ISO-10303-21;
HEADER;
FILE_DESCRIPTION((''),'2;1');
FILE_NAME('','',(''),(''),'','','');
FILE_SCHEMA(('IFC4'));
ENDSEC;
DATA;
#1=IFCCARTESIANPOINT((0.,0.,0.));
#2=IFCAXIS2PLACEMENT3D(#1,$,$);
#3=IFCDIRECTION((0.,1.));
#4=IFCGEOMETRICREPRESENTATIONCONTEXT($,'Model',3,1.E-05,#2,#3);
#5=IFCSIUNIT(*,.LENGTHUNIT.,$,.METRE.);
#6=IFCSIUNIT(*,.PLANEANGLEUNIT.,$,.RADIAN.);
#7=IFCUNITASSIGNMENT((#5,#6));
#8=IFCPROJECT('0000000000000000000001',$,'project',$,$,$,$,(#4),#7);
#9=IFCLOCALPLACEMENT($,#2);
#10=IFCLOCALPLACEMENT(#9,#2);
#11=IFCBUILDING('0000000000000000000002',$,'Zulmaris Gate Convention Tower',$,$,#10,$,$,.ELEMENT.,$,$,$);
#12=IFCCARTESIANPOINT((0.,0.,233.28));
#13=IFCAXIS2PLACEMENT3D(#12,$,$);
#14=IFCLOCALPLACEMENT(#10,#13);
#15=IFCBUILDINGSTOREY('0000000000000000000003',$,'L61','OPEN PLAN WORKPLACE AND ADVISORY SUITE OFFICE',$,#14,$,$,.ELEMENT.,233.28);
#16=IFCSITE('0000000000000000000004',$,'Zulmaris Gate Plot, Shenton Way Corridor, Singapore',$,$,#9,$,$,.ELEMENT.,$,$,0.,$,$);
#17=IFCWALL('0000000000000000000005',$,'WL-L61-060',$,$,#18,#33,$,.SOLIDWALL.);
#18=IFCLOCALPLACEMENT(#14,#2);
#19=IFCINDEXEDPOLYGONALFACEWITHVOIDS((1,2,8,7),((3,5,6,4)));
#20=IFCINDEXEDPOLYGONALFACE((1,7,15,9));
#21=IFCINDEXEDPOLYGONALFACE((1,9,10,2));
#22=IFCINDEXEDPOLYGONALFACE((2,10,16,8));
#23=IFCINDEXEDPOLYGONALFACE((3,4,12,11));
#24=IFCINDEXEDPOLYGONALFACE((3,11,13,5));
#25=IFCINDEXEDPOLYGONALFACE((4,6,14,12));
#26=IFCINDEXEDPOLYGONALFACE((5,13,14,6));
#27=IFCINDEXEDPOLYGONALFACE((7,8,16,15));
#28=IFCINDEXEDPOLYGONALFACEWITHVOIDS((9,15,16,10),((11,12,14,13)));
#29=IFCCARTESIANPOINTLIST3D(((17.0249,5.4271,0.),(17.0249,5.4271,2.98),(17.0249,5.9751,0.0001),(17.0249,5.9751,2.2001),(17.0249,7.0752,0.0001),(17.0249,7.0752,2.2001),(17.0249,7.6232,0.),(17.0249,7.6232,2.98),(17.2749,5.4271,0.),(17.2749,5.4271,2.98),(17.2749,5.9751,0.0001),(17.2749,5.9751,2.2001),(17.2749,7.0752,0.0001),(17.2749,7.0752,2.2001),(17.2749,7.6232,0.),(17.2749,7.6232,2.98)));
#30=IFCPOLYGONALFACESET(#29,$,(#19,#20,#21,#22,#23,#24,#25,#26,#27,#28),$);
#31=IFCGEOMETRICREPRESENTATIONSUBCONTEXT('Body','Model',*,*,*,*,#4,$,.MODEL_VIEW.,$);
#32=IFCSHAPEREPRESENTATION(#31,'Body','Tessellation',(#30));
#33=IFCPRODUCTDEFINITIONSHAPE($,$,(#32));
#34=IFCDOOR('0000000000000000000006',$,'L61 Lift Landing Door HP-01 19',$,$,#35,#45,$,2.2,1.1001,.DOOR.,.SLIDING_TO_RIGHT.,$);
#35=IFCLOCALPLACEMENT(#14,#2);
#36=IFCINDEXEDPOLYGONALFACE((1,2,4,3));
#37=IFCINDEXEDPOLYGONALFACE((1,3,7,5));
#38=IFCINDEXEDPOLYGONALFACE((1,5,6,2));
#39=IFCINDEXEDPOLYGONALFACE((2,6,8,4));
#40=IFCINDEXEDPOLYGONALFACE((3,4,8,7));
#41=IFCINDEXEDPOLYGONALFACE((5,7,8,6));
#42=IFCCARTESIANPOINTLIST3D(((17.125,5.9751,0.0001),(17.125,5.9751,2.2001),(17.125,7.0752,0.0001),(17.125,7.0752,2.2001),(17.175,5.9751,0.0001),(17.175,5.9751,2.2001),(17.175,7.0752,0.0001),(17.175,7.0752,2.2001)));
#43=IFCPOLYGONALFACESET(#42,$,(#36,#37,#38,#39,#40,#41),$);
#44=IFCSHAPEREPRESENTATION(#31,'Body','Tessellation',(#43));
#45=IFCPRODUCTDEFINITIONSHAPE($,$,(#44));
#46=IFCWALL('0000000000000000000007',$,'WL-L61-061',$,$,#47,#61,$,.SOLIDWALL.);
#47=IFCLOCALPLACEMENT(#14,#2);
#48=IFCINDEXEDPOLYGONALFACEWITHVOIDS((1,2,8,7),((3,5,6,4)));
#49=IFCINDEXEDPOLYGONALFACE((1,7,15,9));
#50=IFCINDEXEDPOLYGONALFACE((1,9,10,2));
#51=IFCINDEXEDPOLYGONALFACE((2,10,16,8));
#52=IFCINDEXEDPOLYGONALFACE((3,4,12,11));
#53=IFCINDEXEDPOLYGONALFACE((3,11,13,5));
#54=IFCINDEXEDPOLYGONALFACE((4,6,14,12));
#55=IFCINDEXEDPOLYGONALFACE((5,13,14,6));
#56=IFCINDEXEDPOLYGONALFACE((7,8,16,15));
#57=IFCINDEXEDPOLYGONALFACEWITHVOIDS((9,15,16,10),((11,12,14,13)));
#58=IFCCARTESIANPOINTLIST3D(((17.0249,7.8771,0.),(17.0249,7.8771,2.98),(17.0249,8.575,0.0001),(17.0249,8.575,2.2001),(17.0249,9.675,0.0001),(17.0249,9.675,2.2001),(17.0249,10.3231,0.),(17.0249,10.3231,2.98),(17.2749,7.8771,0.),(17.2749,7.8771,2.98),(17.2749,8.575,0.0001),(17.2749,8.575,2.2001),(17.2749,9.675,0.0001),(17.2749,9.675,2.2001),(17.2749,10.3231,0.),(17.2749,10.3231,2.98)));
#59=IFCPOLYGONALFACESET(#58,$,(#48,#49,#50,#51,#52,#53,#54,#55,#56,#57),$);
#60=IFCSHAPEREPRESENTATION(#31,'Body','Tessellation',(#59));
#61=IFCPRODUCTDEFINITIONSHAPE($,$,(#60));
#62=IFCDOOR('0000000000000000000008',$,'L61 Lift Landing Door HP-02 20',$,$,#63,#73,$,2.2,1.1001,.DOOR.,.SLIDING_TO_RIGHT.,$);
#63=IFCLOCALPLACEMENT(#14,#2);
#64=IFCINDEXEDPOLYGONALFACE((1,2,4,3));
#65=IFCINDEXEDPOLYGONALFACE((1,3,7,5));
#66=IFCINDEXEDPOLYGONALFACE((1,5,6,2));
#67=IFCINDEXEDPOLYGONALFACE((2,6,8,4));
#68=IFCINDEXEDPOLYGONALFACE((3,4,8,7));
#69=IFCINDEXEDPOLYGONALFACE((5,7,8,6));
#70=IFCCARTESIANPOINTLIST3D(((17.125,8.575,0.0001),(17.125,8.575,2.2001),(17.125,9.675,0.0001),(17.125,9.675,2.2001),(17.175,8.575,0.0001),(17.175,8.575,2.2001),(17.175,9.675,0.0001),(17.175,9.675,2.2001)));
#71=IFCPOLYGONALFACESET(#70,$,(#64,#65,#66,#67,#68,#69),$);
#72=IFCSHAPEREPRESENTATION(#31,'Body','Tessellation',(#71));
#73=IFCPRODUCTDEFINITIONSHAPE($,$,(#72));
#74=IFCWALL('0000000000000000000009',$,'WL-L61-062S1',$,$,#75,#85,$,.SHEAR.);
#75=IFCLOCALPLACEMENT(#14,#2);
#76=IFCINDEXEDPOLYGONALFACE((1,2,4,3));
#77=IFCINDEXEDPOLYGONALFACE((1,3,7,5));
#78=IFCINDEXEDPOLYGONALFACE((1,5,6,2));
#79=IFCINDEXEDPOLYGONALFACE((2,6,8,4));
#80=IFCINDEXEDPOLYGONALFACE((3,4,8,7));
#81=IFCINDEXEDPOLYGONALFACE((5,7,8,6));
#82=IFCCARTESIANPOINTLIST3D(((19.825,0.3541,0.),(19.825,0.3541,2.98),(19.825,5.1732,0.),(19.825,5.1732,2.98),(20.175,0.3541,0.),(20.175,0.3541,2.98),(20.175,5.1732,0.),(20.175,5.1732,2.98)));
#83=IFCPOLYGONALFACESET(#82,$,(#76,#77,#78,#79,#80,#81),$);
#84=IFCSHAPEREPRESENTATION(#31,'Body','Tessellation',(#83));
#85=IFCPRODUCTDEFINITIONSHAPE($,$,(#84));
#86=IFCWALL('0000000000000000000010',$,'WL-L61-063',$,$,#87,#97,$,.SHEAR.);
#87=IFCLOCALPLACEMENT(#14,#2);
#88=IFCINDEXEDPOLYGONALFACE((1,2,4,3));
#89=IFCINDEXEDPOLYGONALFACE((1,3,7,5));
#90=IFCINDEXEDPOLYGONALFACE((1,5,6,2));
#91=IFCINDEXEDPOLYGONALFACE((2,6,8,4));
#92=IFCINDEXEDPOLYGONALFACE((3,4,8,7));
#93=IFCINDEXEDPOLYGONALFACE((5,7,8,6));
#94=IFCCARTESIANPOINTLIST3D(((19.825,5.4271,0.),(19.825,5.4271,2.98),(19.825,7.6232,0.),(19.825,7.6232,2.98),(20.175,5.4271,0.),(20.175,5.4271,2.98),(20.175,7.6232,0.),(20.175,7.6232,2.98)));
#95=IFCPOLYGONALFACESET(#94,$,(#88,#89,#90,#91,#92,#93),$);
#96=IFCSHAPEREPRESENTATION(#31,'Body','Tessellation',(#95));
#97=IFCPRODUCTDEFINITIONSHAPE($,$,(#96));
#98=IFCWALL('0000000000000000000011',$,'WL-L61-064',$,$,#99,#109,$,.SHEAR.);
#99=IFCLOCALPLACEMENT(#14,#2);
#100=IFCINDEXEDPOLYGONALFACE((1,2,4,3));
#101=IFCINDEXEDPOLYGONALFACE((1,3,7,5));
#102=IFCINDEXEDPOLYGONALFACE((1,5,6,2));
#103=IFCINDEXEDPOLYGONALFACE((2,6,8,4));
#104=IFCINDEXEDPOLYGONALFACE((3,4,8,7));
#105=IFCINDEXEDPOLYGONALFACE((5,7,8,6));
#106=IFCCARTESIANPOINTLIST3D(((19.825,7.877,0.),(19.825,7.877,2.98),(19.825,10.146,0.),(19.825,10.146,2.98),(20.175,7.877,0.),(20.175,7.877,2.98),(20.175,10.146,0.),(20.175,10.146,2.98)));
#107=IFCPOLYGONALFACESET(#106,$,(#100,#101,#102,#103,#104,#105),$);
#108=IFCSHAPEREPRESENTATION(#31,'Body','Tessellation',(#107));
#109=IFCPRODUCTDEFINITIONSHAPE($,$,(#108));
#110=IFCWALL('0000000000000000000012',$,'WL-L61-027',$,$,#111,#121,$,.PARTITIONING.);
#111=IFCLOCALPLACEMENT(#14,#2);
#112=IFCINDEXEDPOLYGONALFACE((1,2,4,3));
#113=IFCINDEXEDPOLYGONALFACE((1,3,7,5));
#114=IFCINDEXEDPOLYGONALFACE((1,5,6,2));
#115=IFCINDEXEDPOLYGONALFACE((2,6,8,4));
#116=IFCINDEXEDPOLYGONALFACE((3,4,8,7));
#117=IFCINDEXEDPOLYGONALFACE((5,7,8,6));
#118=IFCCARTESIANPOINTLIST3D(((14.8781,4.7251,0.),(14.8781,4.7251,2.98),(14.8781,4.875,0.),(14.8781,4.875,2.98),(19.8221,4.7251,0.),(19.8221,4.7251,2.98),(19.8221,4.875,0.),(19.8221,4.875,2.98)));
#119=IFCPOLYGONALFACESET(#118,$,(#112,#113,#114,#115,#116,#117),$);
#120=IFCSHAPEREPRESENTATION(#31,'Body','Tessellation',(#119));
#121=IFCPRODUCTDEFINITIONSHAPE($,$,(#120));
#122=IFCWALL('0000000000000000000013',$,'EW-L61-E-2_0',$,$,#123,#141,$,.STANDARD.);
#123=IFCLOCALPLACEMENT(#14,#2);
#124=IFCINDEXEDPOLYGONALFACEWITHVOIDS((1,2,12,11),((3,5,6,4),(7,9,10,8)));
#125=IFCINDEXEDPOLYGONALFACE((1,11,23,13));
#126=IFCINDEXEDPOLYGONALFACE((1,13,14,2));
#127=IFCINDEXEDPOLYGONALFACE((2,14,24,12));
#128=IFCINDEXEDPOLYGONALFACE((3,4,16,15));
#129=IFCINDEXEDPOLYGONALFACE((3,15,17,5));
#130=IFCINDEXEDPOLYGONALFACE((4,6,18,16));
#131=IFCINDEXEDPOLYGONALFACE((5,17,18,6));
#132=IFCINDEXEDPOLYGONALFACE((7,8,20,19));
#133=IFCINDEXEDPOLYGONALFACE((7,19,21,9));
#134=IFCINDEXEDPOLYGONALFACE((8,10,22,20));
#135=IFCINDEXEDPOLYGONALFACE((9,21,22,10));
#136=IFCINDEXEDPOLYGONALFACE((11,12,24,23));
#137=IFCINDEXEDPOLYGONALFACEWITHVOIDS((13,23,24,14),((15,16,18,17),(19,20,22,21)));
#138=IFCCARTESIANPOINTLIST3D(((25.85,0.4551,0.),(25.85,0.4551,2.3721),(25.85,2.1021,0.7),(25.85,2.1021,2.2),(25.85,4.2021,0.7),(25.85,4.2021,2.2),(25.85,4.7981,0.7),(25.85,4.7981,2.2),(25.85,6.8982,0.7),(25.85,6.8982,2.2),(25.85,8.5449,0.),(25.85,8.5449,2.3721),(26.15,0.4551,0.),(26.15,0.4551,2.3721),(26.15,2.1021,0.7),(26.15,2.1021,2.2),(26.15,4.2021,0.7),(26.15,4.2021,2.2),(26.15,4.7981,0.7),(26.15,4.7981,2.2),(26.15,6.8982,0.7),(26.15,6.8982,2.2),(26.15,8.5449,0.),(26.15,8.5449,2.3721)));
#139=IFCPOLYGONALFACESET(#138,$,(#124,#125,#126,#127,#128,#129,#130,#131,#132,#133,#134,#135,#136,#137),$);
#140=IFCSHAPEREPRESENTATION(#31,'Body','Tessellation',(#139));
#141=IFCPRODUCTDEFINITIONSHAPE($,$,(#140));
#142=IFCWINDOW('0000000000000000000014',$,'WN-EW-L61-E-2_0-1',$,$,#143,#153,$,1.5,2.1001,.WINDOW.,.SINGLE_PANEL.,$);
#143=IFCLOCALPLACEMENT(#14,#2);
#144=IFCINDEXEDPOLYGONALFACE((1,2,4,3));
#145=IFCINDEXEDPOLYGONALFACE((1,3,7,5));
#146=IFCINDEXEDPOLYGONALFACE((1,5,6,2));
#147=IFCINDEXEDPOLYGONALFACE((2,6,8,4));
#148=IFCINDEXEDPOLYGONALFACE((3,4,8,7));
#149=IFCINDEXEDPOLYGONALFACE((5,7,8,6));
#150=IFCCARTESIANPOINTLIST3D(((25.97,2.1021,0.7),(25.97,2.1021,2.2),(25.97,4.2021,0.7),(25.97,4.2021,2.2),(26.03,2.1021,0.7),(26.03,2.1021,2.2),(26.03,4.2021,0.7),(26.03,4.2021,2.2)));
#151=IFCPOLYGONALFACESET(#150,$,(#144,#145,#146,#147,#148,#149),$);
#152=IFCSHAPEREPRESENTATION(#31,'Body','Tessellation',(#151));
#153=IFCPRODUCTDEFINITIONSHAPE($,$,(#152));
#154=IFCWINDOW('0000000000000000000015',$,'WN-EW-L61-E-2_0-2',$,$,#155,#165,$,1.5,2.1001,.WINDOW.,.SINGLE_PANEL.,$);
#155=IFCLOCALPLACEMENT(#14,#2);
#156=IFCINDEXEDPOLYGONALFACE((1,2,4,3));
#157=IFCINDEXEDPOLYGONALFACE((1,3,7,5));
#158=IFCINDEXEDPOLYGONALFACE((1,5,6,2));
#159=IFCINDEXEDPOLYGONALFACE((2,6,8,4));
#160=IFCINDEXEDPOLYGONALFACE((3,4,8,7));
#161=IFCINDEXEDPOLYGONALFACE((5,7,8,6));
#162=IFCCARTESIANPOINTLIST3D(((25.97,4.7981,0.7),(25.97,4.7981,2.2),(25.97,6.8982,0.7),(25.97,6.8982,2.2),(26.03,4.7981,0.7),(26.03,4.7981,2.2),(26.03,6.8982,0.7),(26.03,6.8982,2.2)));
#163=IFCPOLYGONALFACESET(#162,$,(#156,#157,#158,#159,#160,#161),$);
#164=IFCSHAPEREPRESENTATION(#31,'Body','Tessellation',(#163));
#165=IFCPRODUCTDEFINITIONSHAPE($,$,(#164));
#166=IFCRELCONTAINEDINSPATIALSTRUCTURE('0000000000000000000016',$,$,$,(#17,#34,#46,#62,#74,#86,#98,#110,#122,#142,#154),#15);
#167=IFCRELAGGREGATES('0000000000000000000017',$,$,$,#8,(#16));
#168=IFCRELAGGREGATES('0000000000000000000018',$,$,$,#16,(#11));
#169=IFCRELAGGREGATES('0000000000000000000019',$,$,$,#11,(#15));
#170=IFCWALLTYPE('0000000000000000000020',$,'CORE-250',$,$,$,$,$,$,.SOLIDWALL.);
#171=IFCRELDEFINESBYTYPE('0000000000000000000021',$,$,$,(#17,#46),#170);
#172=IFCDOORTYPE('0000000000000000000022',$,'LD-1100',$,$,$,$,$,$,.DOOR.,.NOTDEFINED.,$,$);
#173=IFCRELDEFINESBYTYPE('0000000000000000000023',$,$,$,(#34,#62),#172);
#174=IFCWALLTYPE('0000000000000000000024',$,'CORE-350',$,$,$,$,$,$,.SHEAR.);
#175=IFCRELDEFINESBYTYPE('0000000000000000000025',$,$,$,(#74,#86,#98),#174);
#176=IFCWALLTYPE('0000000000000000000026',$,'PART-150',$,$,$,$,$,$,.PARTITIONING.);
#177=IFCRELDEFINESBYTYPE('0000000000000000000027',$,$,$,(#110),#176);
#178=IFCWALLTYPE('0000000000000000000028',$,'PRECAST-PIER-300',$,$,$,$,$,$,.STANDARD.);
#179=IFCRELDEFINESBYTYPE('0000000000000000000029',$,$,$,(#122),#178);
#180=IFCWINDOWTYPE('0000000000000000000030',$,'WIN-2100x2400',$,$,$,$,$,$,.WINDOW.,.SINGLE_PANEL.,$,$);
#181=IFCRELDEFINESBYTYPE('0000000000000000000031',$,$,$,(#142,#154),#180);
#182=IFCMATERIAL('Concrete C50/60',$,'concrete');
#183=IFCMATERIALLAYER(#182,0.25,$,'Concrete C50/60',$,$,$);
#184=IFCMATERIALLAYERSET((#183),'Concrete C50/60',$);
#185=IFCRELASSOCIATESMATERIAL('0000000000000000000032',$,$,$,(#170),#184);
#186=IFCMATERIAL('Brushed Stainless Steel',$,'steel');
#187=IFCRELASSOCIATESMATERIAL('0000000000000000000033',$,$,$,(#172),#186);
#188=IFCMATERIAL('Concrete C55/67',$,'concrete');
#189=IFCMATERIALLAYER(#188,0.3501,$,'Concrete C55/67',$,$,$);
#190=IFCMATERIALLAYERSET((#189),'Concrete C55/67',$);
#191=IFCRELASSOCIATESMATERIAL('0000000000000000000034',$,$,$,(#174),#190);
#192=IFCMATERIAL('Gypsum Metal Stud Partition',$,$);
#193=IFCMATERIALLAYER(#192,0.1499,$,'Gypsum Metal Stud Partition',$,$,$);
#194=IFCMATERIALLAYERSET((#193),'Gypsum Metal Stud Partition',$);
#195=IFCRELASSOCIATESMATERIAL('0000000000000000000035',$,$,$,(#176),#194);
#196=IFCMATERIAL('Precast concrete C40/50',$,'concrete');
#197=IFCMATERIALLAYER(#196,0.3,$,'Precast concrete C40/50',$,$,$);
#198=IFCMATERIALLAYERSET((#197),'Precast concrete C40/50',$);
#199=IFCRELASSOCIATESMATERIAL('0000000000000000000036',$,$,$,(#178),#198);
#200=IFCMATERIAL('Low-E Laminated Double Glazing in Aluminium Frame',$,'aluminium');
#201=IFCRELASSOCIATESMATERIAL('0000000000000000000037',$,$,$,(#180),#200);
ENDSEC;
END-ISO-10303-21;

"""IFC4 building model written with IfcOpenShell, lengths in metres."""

from ifc_helpers import new_model, si_unit, direction, frame, frame_2d, origin, place, context, subcontext, project, spatial, rectangle, extrude, material, layer, layer_set, type_object, element, fill, save


model = new_model("IFC4")

# Units and contexts
model_context = context("Model", 3, precision=1e-05, world=origin(), true_north=direction((0.0, 1.0)))
body_context = subcontext(model_context, "Body", "Model", "MODEL_VIEW")
ifc_project = project(units=[si_unit("LENGTHUNIT", "METRE"), si_unit("PLANEANGLEUNIT", "RADIAN")], contexts=[model_context])

# Site, building, storey
site_placement = place(None, origin())
site = spatial("IfcSite", under=ifc_project, at=site_placement, Name="Zulmaris Gate Plot, Shenton Way Corridor, Singapore", CompositionType="ELEMENT", RefElevation=0.0)
building_placement = place(site_placement, origin())
building = spatial("IfcBuilding", under=site, at=building_placement, Name="Zulmaris Gate Convention Tower", CompositionType="ELEMENT")
storey_placement = place(building_placement, frame((0.0, 0.0, 233.28)))
storey = spatial("IfcBuildingStorey", under=building, at=storey_placement, Name="L61", Description="OPEN PLAN WORKPLACE AND ADVISORY SUITE OFFICE", CompositionType="ELEMENT", Elevation=233.28)

# Shared definitions
ifc_material_1 = material(Name="Concrete C50/60", Category="concrete")

# Shared definitions
ifc_layer_1 = layer(ifc_material_1, 0.25, Name="Concrete C50/60")
ifc_layer_set_1 = layer_set([ifc_layer_1], Name="Concrete C50/60")
wall_type_1 = type_object("IfcWallType", Name="CORE-250", PredefinedType="SOLIDWALL", material=ifc_layer_set_1)

# Walls, openings, doors
wall_1_placement = place(storey_placement, frame((17.1499, 5.427, 0.0), z_axis=(0.0, 0.0, 1.0), x_axis=(0.0, 1.0, 0.0)))
wall_1 = element("IfcWall", 1, at=wall_1_placement, inside=storey, type_object=wall_type_1, Name="WL-L61-060", PredefinedType="SOLIDWALL", context=body_context, shape_type="SweptSolid", body=[
    extrude(rectangle(XDim=2.196, YDim=0.25, at=frame_2d((1.0981, 0.0))), origin(), (0.0, 0.0, 1.0), 2.98),
])
opening_1_placement = place(wall_1_placement, frame((0.5481, 0.0, 0.0)))
opening_1 = element("IfcOpeningElement", 2, at=opening_1_placement, cuts=wall_1, PredefinedType="OPENING", context=body_context, shape_type="SweptSolid", body=[
    extrude(rectangle(XDim=1.1001, YDim=2.2, at=frame_2d((0.55, 1.1001))), frame((0.0, 0.135, 0.0), z_axis=(0.0, -1.0, 0.0), x_axis=(1.0, 0.0, 0.0)), (0.0, 0.0, 1.0), 0.27),
])
ifc_material_2 = material(Name="Brushed Stainless Steel", Category="steel")
door_type = type_object("IfcDoorType", Name="LD-1100", OperationType="NOTDEFINED", PredefinedType="DOOR", material=ifc_material_2)
door_1_placement = place(opening_1_placement, origin())
door_1 = element("IfcDoor", 3, at=door_1_placement, inside=storey, type_object=door_type, Name="L61 Lift Landing Door HP-01 19", OperationType="SLIDING_TO_RIGHT", OverallHeight=2.2, OverallWidth=1.1001, PredefinedType="DOOR", context=body_context, shape_type="SweptSolid", body=[
    extrude(rectangle(XDim=1.1001, YDim=2.2, at=frame_2d((0.55, 1.1001))), frame((0.0, 0.0249, 0.0), z_axis=(0.0, -1.0, 0.0), x_axis=(1.0, 0.0, 0.0)), (0.0, 0.0, 1.0), 0.05),
])
fill(opening_1, door_1)
wall_2_placement = place(storey_placement, frame((17.1499, 7.877, 0.0), z_axis=(0.0, 0.0, 1.0), x_axis=(0.0, 1.0, 0.0)))
wall_2 = element("IfcWall", 4, at=wall_2_placement, inside=storey, type_object=wall_type_1, Name="WL-L61-061", PredefinedType="SOLIDWALL", context=body_context, shape_type="SweptSolid", body=[
    extrude(rectangle(XDim=2.446, YDim=0.25, at=frame_2d((1.2231, 0.0))), origin(), (0.0, 0.0, 1.0), 2.98),
])
opening_2_placement = place(wall_2_placement, frame((0.698, 0.0, 0.0)))
opening_2 = element("IfcOpeningElement", 5, at=opening_2_placement, cuts=wall_2, PredefinedType="OPENING", context=body_context, shape_type="SweptSolid", body=[
    extrude(rectangle(XDim=1.1001, YDim=2.2, at=frame_2d((0.55, 1.1001))), frame((0.0, 0.135, 0.0), z_axis=(0.0, -1.0, 0.0), x_axis=(1.0, 0.0, 0.0)), (0.0, 0.0, 1.0), 0.27),
])
door_2_placement = place(opening_2_placement, origin())
door_2 = element("IfcDoor", 6, at=door_2_placement, inside=storey, type_object=door_type, Name="L61 Lift Landing Door HP-02 20", OperationType="SLIDING_TO_RIGHT", OverallHeight=2.2, OverallWidth=1.1001, PredefinedType="DOOR", context=body_context, shape_type="SweptSolid", body=[
    extrude(rectangle(XDim=1.1001, YDim=2.2, at=frame_2d((0.55, 1.1001))), frame((0.0, 0.0249, 0.0), z_axis=(0.0, -1.0, 0.0), x_axis=(1.0, 0.0, 0.0)), (0.0, 0.0, 1.0), 0.05),
])
fill(opening_2, door_2)

# Walls
ifc_material_3 = material(Name="Concrete C55/67", Category="concrete")
ifc_layer_2 = layer(ifc_material_3, 0.3501, Name="Concrete C55/67")
ifc_layer_set_2 = layer_set([ifc_layer_2], Name="Concrete C55/67")
wall_type_2 = type_object("IfcWallType", Name="CORE-350", PredefinedType="SHEAR", material=ifc_layer_set_2)
wall_3_placement = place(storey_placement, frame((20.0, 0.354, 0.0), z_axis=(0.0, 0.0, 1.0), x_axis=(0.0, 1.0, 0.0)))
element("IfcWall", 7, at=wall_3_placement, inside=storey, type_object=wall_type_2, Name="WL-L61-062S1", PredefinedType="SHEAR", context=body_context, shape_type="SweptSolid", body=[
    extrude(rectangle(XDim=4.8191, YDim=0.3501, at=frame_2d((2.4097, 0.0))), origin(), (0.0, 0.0, 1.0), 2.98),
])
wall_4_placement = place(storey_placement, frame((20.0, 5.427, 0.0), z_axis=(0.0, 0.0, 1.0), x_axis=(0.0, 1.0, 0.0)))
element("IfcWall", 8, at=wall_4_placement, inside=storey, type_object=wall_type_2, Name="WL-L61-063", PredefinedType="SHEAR", context=body_context, shape_type="SweptSolid", body=[
    extrude(rectangle(XDim=2.196, YDim=0.3501, at=frame_2d((1.0981, 0.0))), origin(), (0.0, 0.0, 1.0), 2.98),
])
wall_5_placement = place(storey_placement, frame((20.0, 7.877, 0.0), z_axis=(0.0, 0.0, 1.0), x_axis=(0.0, 1.0, 0.0)))
element("IfcWall", 9, at=wall_5_placement, inside=storey, type_object=wall_type_2, Name="WL-L61-064", PredefinedType="SHEAR", context=body_context, shape_type="SweptSolid", body=[
    extrude(rectangle(XDim=2.269, YDim=0.3501, at=frame_2d((1.1345, 0.0))), origin(), (0.0, 0.0, 1.0), 2.98),
])
ifc_material_4 = material(Name="Gypsum Metal Stud Partition")
ifc_layer_3 = layer(ifc_material_4, 0.1499, Name="Gypsum Metal Stud Partition")
ifc_layer_set_3 = layer_set([ifc_layer_3], Name="Gypsum Metal Stud Partition")
wall_type_3 = type_object("IfcWallType", Name="PART-150", PredefinedType="PARTITIONING", material=ifc_layer_set_3)
wall_6_placement = place(storey_placement, frame((14.8779, 4.8, 0.0), z_axis=(0.0, 0.0, 1.0), x_axis=(1.0, 0.0, 0.0)))
element("IfcWall", 10, at=wall_6_placement, inside=storey, type_object=wall_type_3, Name="WL-L61-027", PredefinedType="PARTITIONING", context=body_context, shape_type="SweptSolid", body=[
    extrude(rectangle(XDim=4.9441, YDim=0.1499, at=frame_2d((2.4722, 0.0))), origin(), (0.0, 0.0, 1.0), 2.98),
])

# Wall, openings, windows
ifc_material_5 = material(Name="Precast concrete C40/50", Category="concrete")
ifc_layer_4 = layer(ifc_material_5, 0.3, Name="Precast concrete C40/50")
ifc_layer_set_4 = layer_set([ifc_layer_4], Name="Precast concrete C40/50")
wall_type_4 = type_object("IfcWallType", Name="PRECAST-PIER-300", PredefinedType="STANDARD", material=ifc_layer_set_4)
wall_7_placement = place(storey_placement, frame((26.0, 0.4551, 0.0), z_axis=(0.0, 0.0, 1.0), x_axis=(0.0, 1.0, 0.0)))
wall_7 = element("IfcWall", 11, at=wall_7_placement, inside=storey, type_object=wall_type_4, Name="EW-L61-E-2_0", PredefinedType="STANDARD", context=body_context, shape_type="SweptSolid", body=[
    extrude(rectangle(XDim=8.0898, YDim=0.3, at=frame_2d((4.0449, 0.0))), origin(), (0.0, 0.0, 1.0), 2.3721),
])
opening_3_placement = place(wall_7_placement, frame((1.647, 0.0, 0.7)))
opening_3 = element("IfcOpeningElement", 12, at=opening_3_placement, cuts=wall_7, PredefinedType="OPENING", context=body_context, shape_type="SweptSolid", body=[
    extrude(rectangle(XDim=2.1001, YDim=1.5, at=frame_2d((1.05, 0.75))), frame((0.0, 0.1602, 0.0), z_axis=(0.0, -1.0, 0.0), x_axis=(1.0, 0.0, 0.0)), (0.0, 0.0, 1.0), 0.3201),
])
opening_4_placement = place(wall_7_placement, frame((4.343, 0.0, 0.7)))
opening_4 = element("IfcOpeningElement", 13, at=opening_4_placement, cuts=wall_7, PredefinedType="OPENING", context=body_context, shape_type="SweptSolid", body=[
    extrude(rectangle(XDim=2.1001, YDim=1.5, at=frame_2d((1.05, 0.75))), frame((0.0, 0.1602, 0.0), z_axis=(0.0, -1.0, 0.0), x_axis=(1.0, 0.0, 0.0)), (0.0, 0.0, 1.0), 0.3201),
])
ifc_material_6 = material(Name="Low-E Laminated Double Glazing in Aluminium Frame", Category="aluminium")
window_type = type_object("IfcWindowType", Name="WIN-2100x2400", PartitioningType="SINGLE_PANEL", PredefinedType="WINDOW", material=ifc_material_6)
window_1_placement = place(opening_3_placement, origin())
window_1 = element("IfcWindow", 14, at=window_1_placement, inside=storey, type_object=window_type, Name="WN-EW-L61-E-2_0-1", OverallHeight=1.5, OverallWidth=2.1001, PartitioningType="SINGLE_PANEL", PredefinedType="WINDOW", context=body_context, shape_type="SweptSolid", body=[
    extrude(rectangle(XDim=2.1001, YDim=1.5, at=frame_2d((1.05, 0.75))), frame((0.0, 0.03, 0.0), z_axis=(0.0, -1.0, 0.0), x_axis=(1.0, 0.0, 0.0)), (0.0, 0.0, 1.0), 0.0601),
])
fill(opening_3, window_1)
window_2_placement = place(opening_4_placement, origin())
window_2 = element("IfcWindow", 15, at=window_2_placement, inside=storey, type_object=window_type, Name="WN-EW-L61-E-2_0-2", OverallHeight=1.5, OverallWidth=2.1001, PartitioningType="SINGLE_PANEL", PredefinedType="WINDOW", context=body_context, shape_type="SweptSolid", body=[
    extrude(rectangle(XDim=2.1001, YDim=1.5, at=frame_2d((1.05, 0.75))), frame((0.0, 0.03, 0.0), z_axis=(0.0, -1.0, 0.0), x_axis=(1.0, 0.0, 0.0)), (0.0, 0.0, 1.0), 0.0601),
])
fill(opening_4, window_2)

save(model, "model.ifc")
